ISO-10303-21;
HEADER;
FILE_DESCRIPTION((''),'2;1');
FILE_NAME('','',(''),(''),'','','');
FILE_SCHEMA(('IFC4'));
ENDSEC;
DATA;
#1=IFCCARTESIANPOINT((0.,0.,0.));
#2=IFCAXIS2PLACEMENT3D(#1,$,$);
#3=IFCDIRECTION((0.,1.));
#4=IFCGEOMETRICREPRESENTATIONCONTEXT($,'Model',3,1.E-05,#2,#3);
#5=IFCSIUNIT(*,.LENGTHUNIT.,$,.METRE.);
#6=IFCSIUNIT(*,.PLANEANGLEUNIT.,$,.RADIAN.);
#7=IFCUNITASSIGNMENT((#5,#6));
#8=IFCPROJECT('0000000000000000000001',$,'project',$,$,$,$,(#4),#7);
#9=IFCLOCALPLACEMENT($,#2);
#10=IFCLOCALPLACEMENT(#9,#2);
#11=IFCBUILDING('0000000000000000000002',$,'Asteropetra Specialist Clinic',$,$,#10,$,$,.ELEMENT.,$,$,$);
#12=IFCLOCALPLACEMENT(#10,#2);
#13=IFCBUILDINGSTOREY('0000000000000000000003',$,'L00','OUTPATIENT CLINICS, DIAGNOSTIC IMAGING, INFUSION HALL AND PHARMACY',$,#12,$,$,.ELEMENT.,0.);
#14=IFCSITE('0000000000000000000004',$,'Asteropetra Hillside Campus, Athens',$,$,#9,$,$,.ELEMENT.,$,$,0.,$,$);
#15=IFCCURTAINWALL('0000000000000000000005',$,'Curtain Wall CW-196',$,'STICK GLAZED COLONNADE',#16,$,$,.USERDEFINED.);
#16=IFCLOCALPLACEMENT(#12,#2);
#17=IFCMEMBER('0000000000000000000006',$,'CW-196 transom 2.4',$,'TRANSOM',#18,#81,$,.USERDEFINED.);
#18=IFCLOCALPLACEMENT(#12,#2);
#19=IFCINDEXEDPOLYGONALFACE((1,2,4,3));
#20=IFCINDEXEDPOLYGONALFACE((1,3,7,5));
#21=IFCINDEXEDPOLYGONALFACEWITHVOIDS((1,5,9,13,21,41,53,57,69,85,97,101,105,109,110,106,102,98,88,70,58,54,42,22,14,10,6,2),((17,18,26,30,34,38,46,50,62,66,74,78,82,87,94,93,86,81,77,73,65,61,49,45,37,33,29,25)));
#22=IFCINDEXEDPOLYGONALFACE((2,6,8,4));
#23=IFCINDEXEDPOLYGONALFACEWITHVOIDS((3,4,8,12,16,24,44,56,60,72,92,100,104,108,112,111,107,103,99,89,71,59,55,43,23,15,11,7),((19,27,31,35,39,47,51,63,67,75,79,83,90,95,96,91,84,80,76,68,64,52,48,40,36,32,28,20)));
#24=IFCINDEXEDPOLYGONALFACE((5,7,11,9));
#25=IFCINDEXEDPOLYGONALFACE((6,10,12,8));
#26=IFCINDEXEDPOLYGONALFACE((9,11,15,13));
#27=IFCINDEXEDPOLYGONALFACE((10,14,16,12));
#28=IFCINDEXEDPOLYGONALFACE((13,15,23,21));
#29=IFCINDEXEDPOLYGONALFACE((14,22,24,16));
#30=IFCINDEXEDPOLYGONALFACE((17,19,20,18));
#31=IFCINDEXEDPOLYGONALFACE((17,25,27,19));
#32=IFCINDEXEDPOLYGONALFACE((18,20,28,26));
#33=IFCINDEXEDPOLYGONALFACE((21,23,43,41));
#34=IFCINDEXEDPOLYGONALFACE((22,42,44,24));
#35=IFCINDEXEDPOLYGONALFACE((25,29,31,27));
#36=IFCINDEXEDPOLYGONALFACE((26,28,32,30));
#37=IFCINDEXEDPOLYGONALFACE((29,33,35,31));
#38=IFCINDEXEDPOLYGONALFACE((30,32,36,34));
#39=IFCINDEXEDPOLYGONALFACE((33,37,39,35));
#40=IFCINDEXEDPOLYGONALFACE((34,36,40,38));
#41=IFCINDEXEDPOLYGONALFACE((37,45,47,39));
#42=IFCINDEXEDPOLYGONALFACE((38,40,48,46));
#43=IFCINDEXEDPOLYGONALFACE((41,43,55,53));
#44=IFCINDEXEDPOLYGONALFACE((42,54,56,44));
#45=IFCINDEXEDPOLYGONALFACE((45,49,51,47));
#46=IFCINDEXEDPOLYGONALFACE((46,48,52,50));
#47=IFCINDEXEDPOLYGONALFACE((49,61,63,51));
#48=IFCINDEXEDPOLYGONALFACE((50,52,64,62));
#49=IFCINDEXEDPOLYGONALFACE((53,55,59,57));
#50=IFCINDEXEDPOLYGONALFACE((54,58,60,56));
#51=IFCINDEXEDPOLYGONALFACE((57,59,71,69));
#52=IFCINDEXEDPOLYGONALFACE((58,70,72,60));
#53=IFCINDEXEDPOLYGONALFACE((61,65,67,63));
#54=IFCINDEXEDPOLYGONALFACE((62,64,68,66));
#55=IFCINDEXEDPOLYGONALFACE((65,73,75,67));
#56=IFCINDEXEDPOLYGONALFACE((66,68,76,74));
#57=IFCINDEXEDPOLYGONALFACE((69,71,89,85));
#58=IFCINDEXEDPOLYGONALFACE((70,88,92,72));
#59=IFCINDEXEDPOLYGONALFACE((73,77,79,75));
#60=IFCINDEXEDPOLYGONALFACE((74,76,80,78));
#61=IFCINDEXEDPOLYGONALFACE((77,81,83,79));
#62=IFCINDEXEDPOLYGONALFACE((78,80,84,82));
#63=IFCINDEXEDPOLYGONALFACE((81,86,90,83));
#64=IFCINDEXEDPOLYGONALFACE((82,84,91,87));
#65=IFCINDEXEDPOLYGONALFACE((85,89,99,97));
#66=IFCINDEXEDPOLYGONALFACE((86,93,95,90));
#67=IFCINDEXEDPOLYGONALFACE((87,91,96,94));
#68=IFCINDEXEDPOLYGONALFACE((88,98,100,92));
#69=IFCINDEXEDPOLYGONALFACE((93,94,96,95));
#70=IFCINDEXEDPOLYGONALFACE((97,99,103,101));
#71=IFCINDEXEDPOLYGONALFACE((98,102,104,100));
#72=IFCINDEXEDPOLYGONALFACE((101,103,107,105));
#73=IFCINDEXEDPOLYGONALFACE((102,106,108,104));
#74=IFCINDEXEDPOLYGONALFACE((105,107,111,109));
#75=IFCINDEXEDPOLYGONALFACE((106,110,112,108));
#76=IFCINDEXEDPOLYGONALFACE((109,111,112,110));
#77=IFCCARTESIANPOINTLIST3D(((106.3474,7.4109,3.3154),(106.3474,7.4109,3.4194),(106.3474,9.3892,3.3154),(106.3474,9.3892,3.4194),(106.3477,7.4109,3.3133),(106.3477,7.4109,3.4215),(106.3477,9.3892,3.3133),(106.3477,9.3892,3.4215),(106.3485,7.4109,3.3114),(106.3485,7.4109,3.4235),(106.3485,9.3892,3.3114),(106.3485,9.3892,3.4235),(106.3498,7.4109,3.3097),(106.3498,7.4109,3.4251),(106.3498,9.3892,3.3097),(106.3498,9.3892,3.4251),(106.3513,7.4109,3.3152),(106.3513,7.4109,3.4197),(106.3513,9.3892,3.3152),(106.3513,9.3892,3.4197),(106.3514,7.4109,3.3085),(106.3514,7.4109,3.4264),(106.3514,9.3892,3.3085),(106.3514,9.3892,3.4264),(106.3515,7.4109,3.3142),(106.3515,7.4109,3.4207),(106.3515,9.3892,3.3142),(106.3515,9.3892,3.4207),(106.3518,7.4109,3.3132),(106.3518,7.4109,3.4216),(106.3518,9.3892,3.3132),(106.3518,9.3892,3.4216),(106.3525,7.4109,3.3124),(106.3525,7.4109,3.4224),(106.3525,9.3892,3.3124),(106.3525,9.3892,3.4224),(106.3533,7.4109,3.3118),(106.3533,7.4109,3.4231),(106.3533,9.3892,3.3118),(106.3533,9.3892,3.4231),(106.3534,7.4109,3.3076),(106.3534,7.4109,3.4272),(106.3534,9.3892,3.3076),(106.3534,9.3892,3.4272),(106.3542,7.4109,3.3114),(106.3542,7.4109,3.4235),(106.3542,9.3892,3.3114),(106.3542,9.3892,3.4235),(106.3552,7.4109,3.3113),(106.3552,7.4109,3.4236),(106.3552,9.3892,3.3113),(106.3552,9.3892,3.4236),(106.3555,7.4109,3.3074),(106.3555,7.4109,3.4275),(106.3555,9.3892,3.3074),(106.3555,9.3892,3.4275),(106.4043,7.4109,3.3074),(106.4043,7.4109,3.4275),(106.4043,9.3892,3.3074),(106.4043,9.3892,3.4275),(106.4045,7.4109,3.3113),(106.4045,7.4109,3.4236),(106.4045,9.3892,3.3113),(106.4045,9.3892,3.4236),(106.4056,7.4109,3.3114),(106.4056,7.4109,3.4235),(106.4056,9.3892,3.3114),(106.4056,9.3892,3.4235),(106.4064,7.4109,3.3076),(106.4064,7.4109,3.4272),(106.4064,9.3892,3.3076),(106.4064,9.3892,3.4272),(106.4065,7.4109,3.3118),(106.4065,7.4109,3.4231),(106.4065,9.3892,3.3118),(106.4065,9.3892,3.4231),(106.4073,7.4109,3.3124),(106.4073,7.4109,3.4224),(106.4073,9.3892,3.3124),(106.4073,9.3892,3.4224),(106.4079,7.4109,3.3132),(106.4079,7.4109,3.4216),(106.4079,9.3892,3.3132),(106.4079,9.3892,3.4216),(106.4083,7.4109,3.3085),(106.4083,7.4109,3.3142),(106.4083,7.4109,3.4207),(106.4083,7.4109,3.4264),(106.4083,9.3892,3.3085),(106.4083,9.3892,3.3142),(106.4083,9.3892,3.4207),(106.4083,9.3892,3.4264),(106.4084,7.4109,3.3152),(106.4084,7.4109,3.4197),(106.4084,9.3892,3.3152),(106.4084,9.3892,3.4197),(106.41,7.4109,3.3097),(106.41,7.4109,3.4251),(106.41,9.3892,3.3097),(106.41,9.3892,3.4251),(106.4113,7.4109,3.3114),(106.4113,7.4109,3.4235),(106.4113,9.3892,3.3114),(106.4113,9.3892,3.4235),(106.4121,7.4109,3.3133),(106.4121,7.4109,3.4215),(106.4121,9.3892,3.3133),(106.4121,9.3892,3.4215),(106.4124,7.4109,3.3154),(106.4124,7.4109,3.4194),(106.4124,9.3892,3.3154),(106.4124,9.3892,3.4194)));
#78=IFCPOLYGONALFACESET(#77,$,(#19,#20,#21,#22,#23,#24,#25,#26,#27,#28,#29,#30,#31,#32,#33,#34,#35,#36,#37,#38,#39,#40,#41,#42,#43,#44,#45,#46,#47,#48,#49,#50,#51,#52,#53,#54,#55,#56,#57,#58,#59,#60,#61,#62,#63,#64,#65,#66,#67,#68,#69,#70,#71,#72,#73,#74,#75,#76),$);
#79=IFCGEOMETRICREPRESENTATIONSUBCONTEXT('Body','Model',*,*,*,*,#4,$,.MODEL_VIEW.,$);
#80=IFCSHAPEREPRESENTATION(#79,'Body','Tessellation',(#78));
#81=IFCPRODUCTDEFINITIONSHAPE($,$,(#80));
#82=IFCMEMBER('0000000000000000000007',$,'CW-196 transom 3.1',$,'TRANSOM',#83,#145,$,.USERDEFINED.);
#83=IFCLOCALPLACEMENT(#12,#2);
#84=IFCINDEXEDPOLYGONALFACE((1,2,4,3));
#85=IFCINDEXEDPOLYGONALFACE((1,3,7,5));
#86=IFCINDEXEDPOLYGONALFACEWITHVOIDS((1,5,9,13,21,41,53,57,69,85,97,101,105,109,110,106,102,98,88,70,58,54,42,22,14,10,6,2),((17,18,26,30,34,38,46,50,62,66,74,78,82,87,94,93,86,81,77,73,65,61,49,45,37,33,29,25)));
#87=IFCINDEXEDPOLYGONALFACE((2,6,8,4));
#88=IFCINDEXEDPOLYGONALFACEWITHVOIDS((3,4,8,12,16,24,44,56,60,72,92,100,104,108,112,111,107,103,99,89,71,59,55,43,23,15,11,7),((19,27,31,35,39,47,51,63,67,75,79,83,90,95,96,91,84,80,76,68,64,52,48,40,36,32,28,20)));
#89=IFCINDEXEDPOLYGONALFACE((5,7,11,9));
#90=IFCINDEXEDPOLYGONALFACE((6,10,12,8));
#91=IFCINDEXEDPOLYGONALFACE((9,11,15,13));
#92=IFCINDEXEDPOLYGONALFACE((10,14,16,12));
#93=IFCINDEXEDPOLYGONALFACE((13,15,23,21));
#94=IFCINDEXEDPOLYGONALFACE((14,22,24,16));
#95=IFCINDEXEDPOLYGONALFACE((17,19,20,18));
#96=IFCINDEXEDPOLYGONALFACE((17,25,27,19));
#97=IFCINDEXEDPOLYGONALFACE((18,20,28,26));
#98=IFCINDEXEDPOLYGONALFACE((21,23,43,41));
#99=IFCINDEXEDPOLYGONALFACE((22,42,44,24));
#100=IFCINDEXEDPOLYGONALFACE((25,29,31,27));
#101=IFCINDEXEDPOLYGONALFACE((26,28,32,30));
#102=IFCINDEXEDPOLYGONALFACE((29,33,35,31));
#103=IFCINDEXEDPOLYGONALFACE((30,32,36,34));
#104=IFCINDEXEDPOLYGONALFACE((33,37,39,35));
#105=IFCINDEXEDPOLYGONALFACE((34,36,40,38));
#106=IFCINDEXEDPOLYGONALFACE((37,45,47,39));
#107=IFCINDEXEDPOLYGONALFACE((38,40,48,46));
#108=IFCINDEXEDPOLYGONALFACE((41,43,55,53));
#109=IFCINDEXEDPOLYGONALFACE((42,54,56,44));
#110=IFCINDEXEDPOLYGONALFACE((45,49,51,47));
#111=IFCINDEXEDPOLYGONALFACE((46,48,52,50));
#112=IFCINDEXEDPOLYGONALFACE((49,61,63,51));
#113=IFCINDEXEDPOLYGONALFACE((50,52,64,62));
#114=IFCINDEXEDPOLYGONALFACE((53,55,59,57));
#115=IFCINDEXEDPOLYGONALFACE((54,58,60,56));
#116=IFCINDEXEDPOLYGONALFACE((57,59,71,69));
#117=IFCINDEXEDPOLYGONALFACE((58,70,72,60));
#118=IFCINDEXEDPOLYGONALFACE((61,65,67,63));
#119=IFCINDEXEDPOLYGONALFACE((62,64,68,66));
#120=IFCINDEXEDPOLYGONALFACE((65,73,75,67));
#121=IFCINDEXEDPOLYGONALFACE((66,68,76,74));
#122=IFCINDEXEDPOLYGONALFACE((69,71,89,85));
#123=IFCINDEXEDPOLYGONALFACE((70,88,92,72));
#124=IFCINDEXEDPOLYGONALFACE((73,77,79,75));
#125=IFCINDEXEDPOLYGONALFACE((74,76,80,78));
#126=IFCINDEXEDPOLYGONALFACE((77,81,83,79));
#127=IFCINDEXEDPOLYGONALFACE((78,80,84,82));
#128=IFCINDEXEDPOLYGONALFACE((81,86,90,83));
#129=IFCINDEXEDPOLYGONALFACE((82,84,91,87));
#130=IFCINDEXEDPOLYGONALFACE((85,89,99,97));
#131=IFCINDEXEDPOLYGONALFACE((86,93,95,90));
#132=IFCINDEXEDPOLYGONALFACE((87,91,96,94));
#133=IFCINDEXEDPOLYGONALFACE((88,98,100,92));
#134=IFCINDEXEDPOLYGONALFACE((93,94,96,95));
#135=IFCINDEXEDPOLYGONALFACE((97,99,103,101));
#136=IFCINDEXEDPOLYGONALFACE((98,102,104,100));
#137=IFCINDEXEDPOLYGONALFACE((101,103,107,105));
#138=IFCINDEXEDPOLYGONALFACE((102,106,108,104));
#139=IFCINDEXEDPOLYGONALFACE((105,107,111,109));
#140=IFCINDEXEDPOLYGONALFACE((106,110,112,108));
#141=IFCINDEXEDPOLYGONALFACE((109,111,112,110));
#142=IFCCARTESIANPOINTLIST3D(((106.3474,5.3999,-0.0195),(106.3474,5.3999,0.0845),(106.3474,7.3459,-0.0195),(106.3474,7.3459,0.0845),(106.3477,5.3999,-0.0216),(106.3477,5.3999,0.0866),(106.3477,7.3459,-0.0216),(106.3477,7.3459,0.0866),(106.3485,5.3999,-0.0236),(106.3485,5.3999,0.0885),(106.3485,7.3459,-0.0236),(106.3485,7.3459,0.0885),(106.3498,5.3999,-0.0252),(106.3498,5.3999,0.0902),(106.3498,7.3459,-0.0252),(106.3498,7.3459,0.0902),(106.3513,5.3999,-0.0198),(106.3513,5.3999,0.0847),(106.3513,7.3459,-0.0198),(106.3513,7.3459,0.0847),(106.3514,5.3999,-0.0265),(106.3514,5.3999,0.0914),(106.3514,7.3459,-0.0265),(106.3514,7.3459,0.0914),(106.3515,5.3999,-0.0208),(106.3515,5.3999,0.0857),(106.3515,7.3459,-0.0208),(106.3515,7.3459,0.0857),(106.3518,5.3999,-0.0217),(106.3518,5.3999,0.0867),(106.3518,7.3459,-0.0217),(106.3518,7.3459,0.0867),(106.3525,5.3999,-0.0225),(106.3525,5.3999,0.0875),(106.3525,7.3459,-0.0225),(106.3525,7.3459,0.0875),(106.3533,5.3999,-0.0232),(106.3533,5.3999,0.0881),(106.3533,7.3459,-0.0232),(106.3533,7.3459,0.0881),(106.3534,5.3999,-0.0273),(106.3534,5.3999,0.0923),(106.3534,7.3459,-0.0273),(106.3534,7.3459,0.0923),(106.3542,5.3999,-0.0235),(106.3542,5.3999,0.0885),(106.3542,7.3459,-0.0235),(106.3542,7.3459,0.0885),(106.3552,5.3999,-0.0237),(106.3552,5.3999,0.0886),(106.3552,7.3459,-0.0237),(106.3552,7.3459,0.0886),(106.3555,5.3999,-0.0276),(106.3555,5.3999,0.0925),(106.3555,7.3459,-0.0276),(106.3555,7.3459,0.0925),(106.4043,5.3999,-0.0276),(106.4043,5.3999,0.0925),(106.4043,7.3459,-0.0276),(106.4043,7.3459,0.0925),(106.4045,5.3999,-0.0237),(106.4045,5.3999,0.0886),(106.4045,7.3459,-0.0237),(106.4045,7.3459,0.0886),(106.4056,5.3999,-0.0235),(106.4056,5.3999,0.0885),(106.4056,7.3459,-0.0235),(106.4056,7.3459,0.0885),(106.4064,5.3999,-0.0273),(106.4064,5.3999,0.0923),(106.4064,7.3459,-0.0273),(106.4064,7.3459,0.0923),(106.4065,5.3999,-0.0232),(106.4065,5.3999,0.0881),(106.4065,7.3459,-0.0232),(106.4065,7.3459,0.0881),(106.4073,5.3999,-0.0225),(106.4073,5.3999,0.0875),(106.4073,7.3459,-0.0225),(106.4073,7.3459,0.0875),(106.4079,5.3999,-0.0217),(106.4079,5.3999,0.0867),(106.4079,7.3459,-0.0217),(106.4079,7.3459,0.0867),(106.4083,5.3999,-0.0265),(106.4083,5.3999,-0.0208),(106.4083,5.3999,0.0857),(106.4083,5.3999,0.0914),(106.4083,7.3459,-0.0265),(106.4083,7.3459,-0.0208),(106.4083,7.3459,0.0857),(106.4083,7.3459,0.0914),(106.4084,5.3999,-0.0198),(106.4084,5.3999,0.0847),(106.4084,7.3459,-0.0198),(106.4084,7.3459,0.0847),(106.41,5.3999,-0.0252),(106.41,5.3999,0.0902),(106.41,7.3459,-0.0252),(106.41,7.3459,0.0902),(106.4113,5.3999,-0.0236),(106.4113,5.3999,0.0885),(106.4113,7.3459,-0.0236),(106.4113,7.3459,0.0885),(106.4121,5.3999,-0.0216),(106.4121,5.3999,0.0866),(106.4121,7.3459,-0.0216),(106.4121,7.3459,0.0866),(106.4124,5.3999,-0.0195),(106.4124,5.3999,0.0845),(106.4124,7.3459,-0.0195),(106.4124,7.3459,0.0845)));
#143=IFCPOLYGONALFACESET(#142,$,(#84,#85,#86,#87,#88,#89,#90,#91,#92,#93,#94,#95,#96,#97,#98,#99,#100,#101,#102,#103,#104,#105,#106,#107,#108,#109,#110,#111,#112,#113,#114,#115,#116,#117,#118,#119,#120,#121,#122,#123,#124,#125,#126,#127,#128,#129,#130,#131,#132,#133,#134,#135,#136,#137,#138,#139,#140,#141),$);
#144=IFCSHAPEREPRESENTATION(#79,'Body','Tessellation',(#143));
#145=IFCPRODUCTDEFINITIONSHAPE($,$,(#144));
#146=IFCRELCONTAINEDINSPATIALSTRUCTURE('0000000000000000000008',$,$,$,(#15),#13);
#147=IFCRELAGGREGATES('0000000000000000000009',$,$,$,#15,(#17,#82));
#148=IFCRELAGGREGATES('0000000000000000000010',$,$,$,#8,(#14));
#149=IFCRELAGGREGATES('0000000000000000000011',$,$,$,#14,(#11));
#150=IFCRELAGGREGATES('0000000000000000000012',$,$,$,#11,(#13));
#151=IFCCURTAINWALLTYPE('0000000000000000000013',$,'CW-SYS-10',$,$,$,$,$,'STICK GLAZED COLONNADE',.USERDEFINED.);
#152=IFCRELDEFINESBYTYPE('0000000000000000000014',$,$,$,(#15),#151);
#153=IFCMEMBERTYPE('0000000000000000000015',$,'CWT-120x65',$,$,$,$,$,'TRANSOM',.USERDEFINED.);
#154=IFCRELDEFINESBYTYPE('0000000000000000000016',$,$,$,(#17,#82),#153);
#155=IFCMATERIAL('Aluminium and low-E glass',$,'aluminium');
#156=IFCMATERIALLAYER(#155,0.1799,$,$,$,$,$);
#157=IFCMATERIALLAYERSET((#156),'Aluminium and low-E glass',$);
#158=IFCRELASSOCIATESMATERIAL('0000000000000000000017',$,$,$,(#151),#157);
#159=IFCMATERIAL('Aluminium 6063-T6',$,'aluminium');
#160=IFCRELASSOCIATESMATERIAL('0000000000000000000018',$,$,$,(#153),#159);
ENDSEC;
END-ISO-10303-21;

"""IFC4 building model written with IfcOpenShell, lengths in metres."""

from ifc_helpers import new_model, si_unit, direction, frame, origin, origin_2d, place, context, subcontext, project, spatial, hollow_rectangle, extrude, material, layer, layer_set, material_profile, profile_set, type_object, element, aggregate, save


model = new_model("IFC4")

# Units and contexts
model_context = context("Model", 3, precision=1e-05, world=origin(), true_north=direction((0.0, 1.0)))
body_context = subcontext(model_context, "Body", "Model", "MODEL_VIEW")
ifc_project = project(units=[si_unit("LENGTHUNIT", "METRE"), si_unit("PLANEANGLEUNIT", "RADIAN")], contexts=[model_context])

# Site, building, storey
site_placement = place(None, origin())
site = spatial("IfcSite", under=ifc_project, at=site_placement, Name="Asteropetra Hillside Campus, Athens", CompositionType="ELEMENT", RefElevation=0.0)
building_placement = place(site_placement, origin())
building = spatial("IfcBuilding", under=site, at=building_placement, Name="Asteropetra Specialist Clinic", CompositionType="ELEMENT")
storey_placement = place(building_placement, origin())
storey = spatial("IfcBuildingStorey", under=building, at=storey_placement, Name="L00", Description="OUTPATIENT CLINICS, DIAGNOSTIC IMAGING, INFUSION HALL AND PHARMACY", CompositionType="ELEMENT", Elevation=0.0)

# Curtain wall, members
ifc_material_1 = material(Name="Aluminium and low-E glass", Category="aluminium")
ifc_layer_1 = layer(ifc_material_1, 0.1799)
ifc_layer_set_1 = layer_set([ifc_layer_1], Name="Aluminium and low-E glass")
curtain_wall_type = type_object("IfcCurtainWallType", Name="CW-SYS-10", ElementType="STICK GLAZED COLONNADE", PredefinedType="USERDEFINED", material=ifc_layer_set_1)
curtain_wall_placement = place(storey_placement, origin())
curtain_wall = element("IfcCurtainWall", 1, at=curtain_wall_placement, inside=storey, type_object=curtain_wall_type, Name="Curtain Wall CW-196", ObjectType="STICK GLAZED COLONNADE", PredefinedType="USERDEFINED")
ifc_material_2 = material(Name="Aluminium 6063-T6", Category="aluminium")
ifc_material_profile_1 = material_profile(ifc_material_2, hollow_rectangle(XDim=0.0649, YDim=0.1201, WallThickness=0.0039, InnerFilletRadius=0.0039, OuterFilletRadius=0.0081, at=origin_2d()), Name="TRN 120x65x4.0")
ifc_profile_set_1 = profile_set([ifc_material_profile_1], Name="Aluminium 6063-T6")
member_type_1 = type_object("IfcMemberType", Name="CWT-120x65", ElementType="TRANSOM", PredefinedType="USERDEFINED", material=ifc_profile_set_1)
member_1_placement = place(storey_placement, frame((106.3799, 9.3892, 3.3674), z_axis=(0.0, -1.0, 0.0), x_axis=(1.0, 0.0, 0.0)))
member_1 = element("IfcMember", 2, at=member_1_placement, type_object=member_type_1, Name="CW-196 transom 2.4", ObjectType="TRANSOM", PredefinedType="USERDEFINED", context=body_context, shape_type="SweptSolid", body=[
    extrude(hollow_rectangle(XDim=0.0649, YDim=0.1201, WallThickness=0.0039, InnerFilletRadius=0.0039, OuterFilletRadius=0.0081, at=origin_2d()), origin(), (0.0, 0.0, 1.0), 1.9783),
])
member_2_placement = place(storey_placement, frame((106.3799, 7.3459, 0.0325), z_axis=(0.0, -1.0, 0.0), x_axis=(1.0, 0.0, 0.0)))
member_2 = element("IfcMember", 3, at=member_2_placement, type_object=member_type_1, Name="CW-196 transom 3.1", ObjectType="TRANSOM", PredefinedType="USERDEFINED", context=body_context, shape_type="SweptSolid", body=[
    extrude(hollow_rectangle(XDim=0.0649, YDim=0.1201, WallThickness=0.0039, InnerFilletRadius=0.0039, OuterFilletRadius=0.0081, at=origin_2d()), origin(), (0.0, 0.0, 1.0), 1.946),
])
aggregate(curtain_wall, [member_1, member_2])

save(model, "model.ifc")
